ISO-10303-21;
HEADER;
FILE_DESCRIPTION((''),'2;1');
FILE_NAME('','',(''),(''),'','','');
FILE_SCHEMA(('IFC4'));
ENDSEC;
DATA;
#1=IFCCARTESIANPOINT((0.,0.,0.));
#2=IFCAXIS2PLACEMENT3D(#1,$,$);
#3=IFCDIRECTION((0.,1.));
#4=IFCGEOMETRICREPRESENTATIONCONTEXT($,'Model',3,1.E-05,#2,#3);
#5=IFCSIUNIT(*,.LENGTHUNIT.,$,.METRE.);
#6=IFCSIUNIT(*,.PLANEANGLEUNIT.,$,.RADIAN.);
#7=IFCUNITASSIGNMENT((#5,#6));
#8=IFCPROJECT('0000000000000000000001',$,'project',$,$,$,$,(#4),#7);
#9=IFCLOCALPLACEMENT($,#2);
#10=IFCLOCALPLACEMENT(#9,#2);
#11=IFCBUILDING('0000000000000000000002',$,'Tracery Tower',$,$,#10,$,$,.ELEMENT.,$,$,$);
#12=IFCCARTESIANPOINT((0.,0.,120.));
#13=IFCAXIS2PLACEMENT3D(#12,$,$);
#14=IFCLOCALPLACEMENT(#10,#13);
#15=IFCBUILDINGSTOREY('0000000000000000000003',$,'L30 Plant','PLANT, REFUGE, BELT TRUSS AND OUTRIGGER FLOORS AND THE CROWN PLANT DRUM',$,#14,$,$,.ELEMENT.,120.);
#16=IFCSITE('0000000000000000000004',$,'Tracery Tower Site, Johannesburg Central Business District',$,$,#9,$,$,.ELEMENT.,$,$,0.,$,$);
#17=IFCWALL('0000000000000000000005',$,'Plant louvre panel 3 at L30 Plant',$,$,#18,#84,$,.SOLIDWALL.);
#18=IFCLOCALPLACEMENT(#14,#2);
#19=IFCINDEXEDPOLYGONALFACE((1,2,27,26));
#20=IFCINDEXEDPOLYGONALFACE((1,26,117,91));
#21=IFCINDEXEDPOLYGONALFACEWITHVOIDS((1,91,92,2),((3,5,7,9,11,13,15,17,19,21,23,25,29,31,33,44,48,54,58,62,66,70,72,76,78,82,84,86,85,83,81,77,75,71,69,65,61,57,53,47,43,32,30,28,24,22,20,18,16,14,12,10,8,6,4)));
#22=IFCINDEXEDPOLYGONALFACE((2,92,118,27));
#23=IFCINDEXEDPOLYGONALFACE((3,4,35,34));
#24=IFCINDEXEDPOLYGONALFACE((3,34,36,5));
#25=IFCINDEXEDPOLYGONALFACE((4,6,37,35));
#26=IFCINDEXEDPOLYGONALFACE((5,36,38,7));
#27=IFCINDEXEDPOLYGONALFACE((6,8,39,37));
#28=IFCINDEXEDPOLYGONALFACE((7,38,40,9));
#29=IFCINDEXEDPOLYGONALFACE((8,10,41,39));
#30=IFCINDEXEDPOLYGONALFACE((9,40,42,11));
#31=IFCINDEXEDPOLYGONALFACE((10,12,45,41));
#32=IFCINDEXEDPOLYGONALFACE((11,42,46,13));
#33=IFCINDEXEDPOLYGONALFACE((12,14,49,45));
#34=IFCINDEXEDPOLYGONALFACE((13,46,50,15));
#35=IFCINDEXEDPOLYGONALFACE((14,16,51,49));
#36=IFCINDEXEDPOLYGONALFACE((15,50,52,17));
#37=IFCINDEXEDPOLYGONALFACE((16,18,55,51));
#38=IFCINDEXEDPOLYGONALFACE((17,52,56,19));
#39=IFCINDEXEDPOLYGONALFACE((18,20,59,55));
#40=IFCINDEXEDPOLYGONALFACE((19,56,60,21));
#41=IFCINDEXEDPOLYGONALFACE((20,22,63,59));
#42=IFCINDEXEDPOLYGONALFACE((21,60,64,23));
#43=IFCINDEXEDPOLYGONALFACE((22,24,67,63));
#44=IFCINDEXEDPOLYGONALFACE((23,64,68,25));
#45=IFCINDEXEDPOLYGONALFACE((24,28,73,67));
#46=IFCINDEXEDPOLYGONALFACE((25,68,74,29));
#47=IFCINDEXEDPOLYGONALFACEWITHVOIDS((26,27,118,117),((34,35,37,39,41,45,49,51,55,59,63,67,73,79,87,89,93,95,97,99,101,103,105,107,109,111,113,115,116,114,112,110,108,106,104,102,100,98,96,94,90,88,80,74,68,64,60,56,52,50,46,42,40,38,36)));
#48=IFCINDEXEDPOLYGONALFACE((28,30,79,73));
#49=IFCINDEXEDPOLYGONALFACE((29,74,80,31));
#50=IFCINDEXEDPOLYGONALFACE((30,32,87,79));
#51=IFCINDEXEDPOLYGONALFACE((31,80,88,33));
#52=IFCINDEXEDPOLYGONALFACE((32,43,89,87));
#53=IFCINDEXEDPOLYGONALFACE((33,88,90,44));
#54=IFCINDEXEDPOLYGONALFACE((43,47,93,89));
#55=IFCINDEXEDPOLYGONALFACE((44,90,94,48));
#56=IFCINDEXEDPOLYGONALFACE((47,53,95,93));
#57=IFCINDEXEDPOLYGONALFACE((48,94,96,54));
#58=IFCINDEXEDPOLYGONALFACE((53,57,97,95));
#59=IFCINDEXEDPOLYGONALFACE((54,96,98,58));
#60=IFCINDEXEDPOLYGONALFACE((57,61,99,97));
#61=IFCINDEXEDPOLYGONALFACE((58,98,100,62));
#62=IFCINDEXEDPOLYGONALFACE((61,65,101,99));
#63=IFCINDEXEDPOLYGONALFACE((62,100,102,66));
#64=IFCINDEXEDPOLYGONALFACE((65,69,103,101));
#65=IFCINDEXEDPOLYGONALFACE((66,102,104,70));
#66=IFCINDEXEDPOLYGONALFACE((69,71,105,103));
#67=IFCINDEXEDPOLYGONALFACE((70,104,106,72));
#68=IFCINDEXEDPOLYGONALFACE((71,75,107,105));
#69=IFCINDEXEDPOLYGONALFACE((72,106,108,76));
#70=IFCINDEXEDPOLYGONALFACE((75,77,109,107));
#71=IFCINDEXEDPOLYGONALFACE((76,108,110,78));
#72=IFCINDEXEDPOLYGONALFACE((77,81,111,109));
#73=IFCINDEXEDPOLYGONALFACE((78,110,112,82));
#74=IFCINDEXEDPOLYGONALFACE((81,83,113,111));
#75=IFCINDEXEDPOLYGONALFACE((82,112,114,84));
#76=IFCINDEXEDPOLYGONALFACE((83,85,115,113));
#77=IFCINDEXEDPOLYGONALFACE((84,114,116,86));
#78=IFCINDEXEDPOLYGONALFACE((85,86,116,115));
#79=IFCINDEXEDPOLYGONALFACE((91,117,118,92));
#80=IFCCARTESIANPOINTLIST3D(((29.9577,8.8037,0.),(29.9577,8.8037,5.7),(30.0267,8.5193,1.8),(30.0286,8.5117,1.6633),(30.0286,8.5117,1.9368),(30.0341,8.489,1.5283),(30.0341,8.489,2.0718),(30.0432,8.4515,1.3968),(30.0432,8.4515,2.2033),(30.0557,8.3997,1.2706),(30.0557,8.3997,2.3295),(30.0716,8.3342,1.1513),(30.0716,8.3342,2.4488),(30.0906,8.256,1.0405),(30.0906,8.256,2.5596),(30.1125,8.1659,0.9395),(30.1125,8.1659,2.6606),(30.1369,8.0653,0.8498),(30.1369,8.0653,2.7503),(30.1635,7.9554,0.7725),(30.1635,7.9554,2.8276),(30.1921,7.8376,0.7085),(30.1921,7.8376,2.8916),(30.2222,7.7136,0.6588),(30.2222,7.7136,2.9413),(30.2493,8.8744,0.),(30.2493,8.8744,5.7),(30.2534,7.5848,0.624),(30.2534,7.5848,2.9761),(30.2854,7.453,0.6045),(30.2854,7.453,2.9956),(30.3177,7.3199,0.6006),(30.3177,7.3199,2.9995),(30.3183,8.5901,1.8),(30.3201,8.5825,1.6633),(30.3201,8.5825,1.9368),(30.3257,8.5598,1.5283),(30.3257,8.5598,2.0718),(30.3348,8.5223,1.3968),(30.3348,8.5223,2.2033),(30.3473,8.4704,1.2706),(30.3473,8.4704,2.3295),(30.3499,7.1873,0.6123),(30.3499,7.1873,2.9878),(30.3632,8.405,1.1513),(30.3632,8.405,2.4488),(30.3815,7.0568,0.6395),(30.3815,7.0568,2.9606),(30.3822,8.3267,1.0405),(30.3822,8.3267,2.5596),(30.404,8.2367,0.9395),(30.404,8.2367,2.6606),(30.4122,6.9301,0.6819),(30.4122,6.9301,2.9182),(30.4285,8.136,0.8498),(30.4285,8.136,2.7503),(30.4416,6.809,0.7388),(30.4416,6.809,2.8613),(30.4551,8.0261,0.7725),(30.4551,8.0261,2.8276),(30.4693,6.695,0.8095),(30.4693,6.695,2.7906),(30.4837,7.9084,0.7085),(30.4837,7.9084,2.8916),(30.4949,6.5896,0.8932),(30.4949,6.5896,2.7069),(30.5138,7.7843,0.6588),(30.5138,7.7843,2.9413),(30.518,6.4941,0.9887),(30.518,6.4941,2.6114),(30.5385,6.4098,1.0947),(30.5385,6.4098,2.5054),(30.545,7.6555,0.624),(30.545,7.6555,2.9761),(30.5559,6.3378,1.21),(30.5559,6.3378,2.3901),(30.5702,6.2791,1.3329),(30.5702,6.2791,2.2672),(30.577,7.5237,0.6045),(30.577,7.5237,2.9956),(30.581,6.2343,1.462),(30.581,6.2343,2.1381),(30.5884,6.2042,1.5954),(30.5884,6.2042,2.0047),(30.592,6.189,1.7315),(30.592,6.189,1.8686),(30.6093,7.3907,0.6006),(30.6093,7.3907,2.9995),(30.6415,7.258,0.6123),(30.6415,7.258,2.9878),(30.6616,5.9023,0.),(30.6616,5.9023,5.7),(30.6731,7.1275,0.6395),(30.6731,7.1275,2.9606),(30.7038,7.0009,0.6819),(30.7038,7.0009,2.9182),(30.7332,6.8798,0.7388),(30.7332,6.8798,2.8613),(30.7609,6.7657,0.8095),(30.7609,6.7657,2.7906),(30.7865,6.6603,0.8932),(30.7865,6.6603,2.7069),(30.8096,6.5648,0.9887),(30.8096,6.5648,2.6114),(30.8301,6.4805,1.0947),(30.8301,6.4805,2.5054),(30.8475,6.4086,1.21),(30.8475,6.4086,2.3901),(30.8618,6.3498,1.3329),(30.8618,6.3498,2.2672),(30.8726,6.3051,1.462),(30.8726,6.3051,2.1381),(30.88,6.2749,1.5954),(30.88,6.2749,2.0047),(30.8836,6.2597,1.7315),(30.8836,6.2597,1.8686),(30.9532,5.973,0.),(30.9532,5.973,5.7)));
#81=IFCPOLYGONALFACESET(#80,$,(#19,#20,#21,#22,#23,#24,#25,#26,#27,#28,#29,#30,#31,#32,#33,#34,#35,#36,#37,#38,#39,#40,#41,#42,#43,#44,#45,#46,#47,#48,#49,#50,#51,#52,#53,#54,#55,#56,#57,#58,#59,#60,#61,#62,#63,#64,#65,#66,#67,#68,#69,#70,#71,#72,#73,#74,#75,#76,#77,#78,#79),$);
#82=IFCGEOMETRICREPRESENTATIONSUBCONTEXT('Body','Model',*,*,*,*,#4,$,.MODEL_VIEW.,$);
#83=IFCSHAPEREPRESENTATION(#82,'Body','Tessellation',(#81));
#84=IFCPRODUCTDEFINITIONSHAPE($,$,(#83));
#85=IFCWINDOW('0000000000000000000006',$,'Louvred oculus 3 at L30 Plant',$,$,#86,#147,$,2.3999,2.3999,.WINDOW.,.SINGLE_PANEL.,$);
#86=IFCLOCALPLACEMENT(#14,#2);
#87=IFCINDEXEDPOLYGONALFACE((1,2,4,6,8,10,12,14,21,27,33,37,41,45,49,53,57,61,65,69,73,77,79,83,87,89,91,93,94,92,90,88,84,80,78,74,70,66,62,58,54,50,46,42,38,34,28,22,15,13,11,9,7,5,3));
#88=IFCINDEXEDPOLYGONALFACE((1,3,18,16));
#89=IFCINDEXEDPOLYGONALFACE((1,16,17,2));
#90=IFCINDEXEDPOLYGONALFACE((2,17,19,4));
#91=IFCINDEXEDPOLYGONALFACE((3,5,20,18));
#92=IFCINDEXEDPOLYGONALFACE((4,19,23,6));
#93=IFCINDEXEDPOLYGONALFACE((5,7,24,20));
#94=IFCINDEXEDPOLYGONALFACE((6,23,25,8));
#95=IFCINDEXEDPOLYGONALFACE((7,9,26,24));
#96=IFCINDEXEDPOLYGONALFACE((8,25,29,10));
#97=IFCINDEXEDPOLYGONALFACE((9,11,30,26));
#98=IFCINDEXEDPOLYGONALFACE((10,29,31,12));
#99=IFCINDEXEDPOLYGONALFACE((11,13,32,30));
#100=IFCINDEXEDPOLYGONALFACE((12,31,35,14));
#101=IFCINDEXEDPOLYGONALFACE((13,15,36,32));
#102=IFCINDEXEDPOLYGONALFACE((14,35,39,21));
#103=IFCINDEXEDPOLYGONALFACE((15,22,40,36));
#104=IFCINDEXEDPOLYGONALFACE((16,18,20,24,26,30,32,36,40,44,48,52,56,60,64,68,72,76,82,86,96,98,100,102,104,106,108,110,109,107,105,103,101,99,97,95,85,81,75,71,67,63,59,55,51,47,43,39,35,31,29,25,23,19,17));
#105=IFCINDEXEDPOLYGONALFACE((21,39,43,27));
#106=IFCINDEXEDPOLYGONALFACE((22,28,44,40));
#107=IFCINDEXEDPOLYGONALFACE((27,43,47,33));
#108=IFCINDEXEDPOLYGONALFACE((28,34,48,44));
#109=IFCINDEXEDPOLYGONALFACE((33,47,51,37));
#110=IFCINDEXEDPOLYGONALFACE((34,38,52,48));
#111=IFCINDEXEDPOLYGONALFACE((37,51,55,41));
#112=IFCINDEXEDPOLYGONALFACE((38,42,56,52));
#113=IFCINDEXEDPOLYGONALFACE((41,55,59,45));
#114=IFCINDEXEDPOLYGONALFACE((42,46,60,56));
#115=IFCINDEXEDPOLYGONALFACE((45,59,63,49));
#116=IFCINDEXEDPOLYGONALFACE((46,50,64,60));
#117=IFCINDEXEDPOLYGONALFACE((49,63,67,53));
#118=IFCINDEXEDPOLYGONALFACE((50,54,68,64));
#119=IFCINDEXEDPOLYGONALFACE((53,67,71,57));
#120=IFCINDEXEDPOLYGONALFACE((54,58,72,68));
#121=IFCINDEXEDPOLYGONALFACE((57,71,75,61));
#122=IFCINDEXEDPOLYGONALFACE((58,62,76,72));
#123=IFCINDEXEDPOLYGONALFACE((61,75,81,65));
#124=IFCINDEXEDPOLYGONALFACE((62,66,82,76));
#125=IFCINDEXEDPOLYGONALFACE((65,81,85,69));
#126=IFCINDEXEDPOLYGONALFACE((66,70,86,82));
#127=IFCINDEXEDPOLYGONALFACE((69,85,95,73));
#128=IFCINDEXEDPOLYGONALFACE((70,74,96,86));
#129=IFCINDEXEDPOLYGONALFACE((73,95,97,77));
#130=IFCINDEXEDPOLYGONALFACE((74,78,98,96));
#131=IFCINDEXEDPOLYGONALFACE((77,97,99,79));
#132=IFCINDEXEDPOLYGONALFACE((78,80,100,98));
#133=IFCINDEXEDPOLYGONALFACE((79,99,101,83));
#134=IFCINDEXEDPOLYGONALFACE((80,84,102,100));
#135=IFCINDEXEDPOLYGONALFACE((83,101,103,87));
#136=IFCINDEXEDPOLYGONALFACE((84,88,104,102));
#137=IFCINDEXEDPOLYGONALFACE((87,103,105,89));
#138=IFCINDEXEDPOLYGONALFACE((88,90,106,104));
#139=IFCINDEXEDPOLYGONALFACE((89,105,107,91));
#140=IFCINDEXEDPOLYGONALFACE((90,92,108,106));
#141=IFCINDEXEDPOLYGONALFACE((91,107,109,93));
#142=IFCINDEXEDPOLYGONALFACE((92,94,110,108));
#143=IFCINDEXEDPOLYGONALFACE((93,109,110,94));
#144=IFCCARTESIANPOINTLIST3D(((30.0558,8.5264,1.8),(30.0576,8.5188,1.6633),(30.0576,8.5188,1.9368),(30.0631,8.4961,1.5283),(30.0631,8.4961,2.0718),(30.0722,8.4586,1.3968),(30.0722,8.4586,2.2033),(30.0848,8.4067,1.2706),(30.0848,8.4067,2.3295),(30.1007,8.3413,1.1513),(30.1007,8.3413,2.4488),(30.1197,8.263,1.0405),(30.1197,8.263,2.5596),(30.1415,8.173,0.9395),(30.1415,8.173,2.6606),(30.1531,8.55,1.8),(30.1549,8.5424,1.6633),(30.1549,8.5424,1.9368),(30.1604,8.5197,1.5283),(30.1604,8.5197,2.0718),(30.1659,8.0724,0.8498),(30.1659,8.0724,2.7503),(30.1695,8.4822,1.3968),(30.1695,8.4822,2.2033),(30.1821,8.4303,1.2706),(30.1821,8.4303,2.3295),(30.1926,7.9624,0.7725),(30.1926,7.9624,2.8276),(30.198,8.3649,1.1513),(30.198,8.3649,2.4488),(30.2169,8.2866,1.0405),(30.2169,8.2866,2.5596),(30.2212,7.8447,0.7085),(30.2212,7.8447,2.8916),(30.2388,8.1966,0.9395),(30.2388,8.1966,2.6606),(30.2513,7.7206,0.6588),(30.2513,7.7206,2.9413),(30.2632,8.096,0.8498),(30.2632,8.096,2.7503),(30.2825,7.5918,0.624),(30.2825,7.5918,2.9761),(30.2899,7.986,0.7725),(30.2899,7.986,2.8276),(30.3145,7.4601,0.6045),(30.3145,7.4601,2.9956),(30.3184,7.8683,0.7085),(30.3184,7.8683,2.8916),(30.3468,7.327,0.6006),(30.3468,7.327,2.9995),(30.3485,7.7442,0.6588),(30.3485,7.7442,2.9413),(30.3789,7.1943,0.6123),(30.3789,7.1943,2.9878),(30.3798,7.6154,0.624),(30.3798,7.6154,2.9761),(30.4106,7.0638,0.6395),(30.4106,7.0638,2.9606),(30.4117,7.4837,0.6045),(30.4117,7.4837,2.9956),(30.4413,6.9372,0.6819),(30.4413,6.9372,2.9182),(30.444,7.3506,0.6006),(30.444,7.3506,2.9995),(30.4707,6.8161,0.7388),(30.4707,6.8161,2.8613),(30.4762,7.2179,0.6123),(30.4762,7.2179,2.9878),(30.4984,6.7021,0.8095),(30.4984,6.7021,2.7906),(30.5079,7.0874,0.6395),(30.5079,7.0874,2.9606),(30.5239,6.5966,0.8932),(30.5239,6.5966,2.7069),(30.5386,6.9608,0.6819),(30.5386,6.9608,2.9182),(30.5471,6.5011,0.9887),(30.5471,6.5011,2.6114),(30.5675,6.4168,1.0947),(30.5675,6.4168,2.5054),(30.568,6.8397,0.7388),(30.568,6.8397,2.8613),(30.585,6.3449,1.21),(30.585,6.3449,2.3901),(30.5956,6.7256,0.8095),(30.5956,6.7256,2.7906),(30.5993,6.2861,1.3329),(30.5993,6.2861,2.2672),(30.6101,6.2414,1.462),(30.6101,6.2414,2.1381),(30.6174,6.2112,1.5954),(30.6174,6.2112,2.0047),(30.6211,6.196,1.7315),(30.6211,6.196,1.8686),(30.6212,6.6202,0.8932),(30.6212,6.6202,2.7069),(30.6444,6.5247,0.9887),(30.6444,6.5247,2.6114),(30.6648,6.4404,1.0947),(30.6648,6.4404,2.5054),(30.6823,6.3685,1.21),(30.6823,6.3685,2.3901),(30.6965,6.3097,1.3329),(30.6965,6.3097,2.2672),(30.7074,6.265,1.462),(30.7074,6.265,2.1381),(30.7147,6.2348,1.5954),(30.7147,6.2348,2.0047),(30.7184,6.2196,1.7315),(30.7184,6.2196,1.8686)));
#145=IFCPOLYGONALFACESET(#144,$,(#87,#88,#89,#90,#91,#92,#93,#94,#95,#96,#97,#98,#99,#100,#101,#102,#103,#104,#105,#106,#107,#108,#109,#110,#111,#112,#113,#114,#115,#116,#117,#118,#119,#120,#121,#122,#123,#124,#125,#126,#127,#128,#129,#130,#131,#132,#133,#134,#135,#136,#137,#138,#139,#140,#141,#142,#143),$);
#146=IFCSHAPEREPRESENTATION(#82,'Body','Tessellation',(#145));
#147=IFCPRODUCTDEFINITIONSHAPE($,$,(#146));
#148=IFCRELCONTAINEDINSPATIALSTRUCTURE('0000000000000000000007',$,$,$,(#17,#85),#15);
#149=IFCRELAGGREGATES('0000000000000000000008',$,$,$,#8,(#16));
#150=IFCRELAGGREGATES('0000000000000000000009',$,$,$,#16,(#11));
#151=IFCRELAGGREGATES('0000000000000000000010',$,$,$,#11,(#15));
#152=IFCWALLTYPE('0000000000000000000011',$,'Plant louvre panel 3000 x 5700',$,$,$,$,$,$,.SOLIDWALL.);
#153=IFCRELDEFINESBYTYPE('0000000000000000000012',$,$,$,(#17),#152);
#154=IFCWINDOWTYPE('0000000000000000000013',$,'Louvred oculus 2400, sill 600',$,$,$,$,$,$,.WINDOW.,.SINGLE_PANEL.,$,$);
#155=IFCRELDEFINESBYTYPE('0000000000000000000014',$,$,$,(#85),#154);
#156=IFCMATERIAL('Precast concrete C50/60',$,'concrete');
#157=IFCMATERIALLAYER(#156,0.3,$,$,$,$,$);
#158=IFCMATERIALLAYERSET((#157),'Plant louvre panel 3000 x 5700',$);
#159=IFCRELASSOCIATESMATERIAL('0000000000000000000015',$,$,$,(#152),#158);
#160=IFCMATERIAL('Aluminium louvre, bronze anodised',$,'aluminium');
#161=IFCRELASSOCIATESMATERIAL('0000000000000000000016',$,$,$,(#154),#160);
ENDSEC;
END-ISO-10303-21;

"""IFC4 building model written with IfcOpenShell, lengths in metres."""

from ifc_helpers import new_model, si_unit, direction, frame, frame_2d, origin, origin_2d, place, context, subcontext, project, spatial, rectangle, circle, extrude, material, layer, layer_set, type_object, element, fill, save


model = new_model("IFC4")

# Units and contexts
model_context = context("Model", 3, precision=1e-05, world=origin(), true_north=direction((0.0, 1.0)))
body_context = subcontext(model_context, "Body", "Model", "MODEL_VIEW")
ifc_project = project(units=[si_unit("LENGTHUNIT", "METRE"), si_unit("PLANEANGLEUNIT", "RADIAN")], contexts=[model_context])

# Site, building, storey
site_placement = place(None, origin())
site = spatial("IfcSite", under=ifc_project, at=site_placement, Name="Tracery Tower Site, Johannesburg Central Business District", CompositionType="ELEMENT", RefElevation=0.0)
building_placement = place(site_placement, origin())
building = spatial("IfcBuilding", under=site, at=building_placement, Name="Tracery Tower", CompositionType="ELEMENT")
storey_placement = place(building_placement, frame((0.0, 0.0, 120.0)))
storey = spatial("IfcBuildingStorey", under=building, at=storey_placement, Name="L30 Plant", Description="PLANT, REFUGE, BELT TRUSS AND OUTRIGGER FLOORS AND THE CROWN PLANT DRUM", CompositionType="ELEMENT", Elevation=120.0)

# Wall, opening, window
ifc_material_1 = material(Name="Precast concrete C50/60", Category="concrete")
ifc_layer_1 = layer(ifc_material_1, 0.3)
ifc_layer_set_1 = layer_set([ifc_layer_1], Name="Plant louvre panel 3000 x 5700")
wall_type_1 = type_object("IfcWallType", Name="Plant louvre panel 3000 x 5700", PredefinedType="SOLIDWALL", material=ifc_layer_set_1)
ifc_material_2 = material(Name="Aluminium louvre, bronze anodised", Category="aluminium")
window_type = type_object("IfcWindowType", Name="Louvred oculus 2400, sill 600", PartitioningType="SINGLE_PANEL", PredefinedType="WINDOW", material=ifc_material_2)
wall_1_placement = place(storey_placement, frame((30.8074, 5.9377, 0.0), z_axis=(0.0, 0.0, 1.0), x_axis=(-0.235757, 0.971812, 0.0)))
wall_1 = element("IfcWall", 1, at=wall_1_placement, inside=storey, type_object=wall_type_1, Name="Plant louvre panel 3 at L30 Plant", PredefinedType="SOLIDWALL", context=body_context, shape_type="SweptSolid", body=[
    extrude(rectangle(XDim=2.9856, YDim=0.3, at=frame_2d((1.4927, 0.0))), origin(), (0.0, 0.0, 1.0), 5.7),
])
opening_1_placement = place(wall_1_placement, frame((1.4929, 0.0, 1.8)))
opening_1 = element("IfcOpeningElement", 2, at=opening_1_placement, cuts=wall_1, PredefinedType="OPENING", context=body_context, shape_type="SweptSolid", body=[
    extrude(circle(Radius=1.2, at=origin_2d()), frame((0.0, 0.1599, 0.0), z_axis=(0.0, -1.0, 0.0), x_axis=(1.0, 0.0, 0.0)), (0.0, 0.0, 1.0), 0.3201),
])
window_1_placement = place(opening_1_placement, origin())
window_1 = element("IfcWindow", 3, at=window_1_placement, inside=storey, type_object=window_type, Name="Louvred oculus 3 at L30 Plant", OverallHeight=2.3999, OverallWidth=2.3999, PartitioningType="SINGLE_PANEL", PredefinedType="WINDOW", context=body_context, shape_type="SweptSolid", body=[
    extrude(circle(Radius=1.2, at=origin_2d()), frame((0.0, 0.1201, 0.0), z_axis=(0.0, -1.0, 0.0), x_axis=(1.0, 0.0, 0.0)), (0.0, 0.0, 1.0), 0.1001),
])
fill(opening_1, window_1)

save(model, "model.ifc")
